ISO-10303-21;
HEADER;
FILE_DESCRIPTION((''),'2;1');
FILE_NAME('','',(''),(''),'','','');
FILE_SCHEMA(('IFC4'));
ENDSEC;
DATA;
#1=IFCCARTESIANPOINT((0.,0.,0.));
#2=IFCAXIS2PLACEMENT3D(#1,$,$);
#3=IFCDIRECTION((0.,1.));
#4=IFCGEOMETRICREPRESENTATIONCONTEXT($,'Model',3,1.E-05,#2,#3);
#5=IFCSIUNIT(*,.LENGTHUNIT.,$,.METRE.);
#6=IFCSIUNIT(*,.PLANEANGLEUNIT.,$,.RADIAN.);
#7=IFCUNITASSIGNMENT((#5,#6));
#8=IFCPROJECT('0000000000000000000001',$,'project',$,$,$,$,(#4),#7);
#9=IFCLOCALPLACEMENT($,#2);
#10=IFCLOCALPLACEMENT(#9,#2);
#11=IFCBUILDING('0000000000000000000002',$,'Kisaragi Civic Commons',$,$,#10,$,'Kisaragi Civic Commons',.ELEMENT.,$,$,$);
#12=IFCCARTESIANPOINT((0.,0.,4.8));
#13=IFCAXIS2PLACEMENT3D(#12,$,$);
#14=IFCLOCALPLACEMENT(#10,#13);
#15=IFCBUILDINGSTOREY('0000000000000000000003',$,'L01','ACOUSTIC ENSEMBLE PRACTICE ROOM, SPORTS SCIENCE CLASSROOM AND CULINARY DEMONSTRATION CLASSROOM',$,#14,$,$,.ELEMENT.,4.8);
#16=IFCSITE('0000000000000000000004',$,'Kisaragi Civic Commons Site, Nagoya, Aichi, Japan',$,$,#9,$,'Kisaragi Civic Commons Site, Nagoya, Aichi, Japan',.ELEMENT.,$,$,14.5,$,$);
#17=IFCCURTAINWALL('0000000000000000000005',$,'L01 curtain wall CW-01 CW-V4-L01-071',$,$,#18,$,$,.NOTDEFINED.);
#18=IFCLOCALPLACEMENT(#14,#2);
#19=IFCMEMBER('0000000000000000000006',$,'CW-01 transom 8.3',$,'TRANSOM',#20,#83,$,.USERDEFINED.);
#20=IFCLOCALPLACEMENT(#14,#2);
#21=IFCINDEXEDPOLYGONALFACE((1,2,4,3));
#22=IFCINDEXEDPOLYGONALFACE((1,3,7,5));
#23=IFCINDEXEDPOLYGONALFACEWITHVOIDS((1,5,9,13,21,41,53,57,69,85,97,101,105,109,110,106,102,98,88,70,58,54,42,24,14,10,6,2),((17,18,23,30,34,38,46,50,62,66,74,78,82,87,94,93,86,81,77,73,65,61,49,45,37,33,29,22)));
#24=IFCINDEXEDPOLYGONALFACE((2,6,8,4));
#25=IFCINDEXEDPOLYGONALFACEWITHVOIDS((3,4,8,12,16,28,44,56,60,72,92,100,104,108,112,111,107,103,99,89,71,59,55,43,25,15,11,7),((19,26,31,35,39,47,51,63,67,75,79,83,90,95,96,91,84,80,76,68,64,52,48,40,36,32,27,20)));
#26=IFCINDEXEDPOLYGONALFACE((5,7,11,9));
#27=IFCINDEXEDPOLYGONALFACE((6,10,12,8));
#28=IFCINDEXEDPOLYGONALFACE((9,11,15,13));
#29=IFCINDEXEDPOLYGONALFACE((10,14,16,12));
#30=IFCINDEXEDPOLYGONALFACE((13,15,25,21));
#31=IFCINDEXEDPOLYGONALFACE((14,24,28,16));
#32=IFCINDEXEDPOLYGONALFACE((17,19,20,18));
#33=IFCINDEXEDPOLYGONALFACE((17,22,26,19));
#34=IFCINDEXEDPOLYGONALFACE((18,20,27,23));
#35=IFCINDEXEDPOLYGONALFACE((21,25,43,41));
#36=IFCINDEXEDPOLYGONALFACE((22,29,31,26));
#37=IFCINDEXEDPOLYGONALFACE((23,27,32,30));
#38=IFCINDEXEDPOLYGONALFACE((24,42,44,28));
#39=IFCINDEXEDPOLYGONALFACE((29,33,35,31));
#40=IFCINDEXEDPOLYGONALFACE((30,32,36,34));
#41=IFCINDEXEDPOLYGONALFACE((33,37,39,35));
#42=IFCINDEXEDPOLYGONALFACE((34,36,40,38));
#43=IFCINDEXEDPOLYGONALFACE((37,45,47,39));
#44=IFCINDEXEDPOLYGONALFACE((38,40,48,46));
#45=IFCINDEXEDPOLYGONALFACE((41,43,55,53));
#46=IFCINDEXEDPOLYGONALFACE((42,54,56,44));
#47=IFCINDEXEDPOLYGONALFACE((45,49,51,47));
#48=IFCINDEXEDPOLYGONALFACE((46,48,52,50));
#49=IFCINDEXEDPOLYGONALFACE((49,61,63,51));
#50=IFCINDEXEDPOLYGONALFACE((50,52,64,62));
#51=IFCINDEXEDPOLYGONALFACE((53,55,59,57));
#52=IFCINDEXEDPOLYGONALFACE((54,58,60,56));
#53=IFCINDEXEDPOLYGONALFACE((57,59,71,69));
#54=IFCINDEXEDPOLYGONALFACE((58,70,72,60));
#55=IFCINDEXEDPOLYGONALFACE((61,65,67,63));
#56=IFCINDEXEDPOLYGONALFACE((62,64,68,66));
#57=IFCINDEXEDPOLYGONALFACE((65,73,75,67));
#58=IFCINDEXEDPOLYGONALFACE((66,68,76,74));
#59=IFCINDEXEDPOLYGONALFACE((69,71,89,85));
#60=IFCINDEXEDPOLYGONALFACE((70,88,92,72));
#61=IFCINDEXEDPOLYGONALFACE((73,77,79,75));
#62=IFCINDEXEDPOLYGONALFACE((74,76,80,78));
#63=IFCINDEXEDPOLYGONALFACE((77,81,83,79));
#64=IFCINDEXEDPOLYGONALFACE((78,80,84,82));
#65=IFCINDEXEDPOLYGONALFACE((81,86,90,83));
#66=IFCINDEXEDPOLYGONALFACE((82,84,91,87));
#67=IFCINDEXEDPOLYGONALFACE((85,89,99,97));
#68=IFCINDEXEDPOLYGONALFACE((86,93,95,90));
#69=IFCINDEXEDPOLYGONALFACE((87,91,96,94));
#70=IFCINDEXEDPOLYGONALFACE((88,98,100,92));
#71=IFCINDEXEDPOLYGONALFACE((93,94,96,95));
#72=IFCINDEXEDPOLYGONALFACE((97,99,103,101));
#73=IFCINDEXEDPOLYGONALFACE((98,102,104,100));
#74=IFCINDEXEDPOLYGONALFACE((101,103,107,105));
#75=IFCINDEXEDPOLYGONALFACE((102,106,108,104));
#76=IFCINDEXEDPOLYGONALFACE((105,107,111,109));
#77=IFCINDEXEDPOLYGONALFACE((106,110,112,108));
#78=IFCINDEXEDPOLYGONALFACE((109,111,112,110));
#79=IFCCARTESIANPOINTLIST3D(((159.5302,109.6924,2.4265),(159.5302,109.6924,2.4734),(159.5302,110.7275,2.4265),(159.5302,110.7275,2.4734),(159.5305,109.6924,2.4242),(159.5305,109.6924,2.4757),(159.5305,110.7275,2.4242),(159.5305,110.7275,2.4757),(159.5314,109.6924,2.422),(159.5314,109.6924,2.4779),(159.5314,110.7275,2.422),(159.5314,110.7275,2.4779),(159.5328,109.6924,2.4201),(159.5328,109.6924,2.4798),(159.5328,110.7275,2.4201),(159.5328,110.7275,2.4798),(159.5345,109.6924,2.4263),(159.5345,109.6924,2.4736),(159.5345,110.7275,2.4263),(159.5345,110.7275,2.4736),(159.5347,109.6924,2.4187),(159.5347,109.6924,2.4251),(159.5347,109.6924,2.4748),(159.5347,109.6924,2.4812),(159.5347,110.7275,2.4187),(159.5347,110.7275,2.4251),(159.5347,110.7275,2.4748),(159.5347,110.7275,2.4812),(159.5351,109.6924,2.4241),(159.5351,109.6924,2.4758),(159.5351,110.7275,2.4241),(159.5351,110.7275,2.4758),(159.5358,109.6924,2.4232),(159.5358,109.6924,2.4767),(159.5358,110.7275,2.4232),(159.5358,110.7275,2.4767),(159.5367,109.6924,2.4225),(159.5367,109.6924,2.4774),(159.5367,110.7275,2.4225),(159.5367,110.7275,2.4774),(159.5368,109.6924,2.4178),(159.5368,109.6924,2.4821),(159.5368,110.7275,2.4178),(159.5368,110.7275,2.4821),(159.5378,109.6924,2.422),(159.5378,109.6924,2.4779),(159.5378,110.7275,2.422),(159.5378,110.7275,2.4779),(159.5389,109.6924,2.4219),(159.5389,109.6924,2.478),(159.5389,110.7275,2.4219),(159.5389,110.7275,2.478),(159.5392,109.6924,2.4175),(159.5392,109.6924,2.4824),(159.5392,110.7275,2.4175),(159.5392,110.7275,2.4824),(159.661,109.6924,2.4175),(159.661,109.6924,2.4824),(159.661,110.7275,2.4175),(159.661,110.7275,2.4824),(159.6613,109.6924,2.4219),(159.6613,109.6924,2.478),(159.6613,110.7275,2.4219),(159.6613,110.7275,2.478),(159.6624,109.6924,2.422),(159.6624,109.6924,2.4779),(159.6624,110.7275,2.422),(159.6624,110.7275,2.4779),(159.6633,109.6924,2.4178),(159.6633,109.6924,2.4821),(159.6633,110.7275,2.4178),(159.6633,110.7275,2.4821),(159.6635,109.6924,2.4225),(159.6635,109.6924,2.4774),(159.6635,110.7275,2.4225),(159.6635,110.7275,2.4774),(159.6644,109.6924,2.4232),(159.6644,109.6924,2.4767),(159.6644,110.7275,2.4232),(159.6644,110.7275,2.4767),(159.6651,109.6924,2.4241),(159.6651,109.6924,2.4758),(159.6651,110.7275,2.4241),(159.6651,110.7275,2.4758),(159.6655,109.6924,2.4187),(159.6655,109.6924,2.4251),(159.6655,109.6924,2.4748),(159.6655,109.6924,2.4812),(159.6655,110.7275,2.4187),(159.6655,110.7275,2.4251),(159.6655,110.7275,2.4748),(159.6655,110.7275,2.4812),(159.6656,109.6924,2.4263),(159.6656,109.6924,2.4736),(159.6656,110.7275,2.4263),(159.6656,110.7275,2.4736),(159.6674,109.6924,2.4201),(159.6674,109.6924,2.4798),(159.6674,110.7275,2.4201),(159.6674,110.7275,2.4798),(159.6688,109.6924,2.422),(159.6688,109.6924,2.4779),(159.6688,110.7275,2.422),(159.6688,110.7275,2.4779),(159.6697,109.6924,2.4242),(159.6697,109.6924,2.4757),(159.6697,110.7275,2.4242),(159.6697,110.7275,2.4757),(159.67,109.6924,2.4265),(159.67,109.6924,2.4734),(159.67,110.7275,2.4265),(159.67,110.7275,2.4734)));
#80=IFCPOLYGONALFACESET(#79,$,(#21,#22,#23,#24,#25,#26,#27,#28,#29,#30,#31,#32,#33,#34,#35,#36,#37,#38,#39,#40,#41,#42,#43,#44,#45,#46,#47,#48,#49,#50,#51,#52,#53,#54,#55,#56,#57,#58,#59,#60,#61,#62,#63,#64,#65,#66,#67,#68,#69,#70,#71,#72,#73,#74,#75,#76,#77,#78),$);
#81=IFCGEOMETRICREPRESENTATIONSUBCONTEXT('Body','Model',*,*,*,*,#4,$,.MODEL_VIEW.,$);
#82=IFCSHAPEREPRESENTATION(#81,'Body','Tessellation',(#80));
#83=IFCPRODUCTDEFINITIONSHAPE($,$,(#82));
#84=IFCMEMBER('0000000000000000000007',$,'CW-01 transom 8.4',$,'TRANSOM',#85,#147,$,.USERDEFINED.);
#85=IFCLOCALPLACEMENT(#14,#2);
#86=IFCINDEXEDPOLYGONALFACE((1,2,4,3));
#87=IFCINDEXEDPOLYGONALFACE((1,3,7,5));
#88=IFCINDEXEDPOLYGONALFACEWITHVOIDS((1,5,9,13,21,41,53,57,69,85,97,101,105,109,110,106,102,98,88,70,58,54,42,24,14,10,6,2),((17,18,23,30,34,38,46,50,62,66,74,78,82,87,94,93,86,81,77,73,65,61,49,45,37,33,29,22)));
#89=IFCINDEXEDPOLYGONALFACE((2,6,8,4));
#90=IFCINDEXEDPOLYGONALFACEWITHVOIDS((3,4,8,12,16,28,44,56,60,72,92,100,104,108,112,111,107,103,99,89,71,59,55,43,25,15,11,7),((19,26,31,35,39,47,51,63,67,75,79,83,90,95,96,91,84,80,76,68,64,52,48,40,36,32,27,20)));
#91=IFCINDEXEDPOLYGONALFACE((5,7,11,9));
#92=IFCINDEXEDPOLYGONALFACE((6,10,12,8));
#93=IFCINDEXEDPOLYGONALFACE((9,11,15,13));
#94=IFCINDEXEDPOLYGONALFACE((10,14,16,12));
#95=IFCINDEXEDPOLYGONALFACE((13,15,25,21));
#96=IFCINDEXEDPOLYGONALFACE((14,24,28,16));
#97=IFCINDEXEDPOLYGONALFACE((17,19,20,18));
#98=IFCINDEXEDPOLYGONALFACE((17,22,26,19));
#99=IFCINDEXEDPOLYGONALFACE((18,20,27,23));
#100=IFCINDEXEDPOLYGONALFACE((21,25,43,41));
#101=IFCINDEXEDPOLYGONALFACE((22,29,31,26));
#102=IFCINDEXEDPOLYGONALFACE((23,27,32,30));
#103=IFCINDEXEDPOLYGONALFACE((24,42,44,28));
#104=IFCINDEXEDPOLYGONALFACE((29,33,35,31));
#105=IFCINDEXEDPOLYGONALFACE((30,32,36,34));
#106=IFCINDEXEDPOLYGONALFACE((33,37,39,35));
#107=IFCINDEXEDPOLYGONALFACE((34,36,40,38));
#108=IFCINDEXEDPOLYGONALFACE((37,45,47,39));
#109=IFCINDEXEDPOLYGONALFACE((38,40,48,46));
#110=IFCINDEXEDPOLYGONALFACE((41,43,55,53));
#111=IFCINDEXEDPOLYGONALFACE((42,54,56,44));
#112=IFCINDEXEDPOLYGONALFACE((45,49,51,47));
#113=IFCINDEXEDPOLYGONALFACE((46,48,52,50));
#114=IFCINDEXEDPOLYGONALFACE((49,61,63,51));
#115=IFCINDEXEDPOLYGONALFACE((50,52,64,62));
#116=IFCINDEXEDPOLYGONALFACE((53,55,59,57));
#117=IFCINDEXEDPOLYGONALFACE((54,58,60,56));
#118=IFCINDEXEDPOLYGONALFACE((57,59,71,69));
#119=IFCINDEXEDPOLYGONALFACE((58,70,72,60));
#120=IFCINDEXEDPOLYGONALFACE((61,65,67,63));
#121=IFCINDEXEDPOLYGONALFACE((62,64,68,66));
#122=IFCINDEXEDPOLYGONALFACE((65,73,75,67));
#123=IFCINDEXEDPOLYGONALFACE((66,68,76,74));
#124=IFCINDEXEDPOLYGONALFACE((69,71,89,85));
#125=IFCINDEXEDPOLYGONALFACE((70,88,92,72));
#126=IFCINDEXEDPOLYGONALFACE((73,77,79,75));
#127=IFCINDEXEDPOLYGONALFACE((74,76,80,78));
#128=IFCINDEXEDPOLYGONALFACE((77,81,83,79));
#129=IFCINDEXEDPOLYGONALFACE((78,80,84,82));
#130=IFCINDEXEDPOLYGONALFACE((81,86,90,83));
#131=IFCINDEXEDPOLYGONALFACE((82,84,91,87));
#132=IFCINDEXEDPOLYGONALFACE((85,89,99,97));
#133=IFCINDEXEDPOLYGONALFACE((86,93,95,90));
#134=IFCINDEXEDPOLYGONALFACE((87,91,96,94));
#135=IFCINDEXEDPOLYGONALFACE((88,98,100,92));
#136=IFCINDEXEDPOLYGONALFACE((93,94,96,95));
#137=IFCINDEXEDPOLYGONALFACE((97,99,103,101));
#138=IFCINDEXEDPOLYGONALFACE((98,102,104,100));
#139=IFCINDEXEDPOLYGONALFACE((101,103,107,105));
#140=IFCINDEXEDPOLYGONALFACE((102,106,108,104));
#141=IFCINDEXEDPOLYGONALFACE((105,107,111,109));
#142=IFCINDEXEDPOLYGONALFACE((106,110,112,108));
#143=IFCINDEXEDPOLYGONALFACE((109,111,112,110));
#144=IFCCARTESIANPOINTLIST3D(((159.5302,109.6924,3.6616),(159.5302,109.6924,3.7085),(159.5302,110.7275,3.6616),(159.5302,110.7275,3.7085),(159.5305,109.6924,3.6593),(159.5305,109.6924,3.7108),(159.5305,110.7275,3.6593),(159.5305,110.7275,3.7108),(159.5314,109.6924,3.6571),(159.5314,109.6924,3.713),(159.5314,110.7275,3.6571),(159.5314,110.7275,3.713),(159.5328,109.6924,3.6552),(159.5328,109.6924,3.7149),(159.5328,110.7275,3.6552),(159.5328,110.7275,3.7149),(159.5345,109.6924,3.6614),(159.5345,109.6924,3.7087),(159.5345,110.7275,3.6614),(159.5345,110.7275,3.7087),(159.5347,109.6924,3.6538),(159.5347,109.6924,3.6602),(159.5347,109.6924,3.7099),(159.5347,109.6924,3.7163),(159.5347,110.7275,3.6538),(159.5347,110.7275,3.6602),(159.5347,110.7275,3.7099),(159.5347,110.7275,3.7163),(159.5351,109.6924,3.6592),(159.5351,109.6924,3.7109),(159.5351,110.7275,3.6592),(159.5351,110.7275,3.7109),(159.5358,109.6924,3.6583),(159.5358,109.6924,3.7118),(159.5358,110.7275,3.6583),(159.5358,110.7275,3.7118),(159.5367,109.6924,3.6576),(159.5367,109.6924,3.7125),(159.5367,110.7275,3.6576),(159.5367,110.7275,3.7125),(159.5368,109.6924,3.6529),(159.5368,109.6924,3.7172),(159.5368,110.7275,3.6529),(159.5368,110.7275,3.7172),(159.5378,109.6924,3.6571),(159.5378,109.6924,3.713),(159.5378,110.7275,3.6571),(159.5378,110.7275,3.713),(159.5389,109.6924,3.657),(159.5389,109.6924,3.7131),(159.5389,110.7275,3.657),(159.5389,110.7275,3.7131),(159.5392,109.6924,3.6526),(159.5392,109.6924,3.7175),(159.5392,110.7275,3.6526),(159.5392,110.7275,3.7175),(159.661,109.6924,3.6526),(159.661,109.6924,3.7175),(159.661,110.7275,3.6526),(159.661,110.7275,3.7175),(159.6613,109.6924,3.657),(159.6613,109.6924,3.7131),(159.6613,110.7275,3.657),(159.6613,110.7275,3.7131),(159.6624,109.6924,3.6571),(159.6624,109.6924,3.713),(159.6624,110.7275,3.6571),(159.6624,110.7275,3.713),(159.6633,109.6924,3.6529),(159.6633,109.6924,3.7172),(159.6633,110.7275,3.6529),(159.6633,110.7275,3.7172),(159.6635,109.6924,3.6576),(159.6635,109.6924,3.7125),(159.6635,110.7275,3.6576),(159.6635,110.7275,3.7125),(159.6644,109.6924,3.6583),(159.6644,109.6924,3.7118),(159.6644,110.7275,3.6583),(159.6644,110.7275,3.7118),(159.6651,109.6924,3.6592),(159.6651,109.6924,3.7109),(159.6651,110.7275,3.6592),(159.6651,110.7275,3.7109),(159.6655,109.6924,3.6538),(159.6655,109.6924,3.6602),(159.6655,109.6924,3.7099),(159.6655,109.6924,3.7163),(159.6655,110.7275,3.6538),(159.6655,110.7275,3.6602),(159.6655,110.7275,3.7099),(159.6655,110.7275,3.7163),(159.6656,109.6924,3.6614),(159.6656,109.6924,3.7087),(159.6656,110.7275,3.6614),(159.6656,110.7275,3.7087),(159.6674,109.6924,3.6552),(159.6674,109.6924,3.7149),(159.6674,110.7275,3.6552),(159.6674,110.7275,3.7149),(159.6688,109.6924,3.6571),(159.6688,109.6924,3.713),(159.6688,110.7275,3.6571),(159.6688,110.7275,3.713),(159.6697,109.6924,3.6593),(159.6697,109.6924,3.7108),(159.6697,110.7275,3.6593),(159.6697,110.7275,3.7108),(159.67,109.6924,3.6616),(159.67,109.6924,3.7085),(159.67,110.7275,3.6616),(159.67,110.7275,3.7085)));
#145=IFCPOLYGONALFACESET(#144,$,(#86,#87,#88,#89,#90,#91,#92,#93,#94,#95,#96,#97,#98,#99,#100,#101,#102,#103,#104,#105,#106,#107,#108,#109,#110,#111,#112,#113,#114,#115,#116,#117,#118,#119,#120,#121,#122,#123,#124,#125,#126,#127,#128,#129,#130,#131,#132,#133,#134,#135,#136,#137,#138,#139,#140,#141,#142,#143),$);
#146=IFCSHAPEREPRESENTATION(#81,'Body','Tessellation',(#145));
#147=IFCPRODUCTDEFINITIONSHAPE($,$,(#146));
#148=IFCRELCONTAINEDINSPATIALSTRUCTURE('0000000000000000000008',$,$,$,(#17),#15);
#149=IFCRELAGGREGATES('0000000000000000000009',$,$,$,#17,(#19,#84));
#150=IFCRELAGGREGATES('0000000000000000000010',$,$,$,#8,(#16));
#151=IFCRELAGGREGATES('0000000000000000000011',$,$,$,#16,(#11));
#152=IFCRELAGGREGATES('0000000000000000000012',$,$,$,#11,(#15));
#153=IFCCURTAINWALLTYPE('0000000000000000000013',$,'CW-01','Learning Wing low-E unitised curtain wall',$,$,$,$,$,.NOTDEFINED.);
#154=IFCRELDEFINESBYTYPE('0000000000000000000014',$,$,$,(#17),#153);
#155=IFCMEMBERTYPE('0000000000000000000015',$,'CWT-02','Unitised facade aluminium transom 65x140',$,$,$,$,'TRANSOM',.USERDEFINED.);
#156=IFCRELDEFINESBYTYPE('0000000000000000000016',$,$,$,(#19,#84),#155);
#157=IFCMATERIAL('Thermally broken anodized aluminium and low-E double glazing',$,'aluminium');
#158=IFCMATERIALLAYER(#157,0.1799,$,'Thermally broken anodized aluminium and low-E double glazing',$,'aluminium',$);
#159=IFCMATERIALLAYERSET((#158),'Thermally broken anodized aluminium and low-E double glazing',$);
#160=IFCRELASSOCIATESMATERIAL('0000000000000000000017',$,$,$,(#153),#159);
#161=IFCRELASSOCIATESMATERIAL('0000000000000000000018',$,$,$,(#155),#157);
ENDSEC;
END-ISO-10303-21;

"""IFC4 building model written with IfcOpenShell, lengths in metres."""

from ifc_helpers import new_model, si_unit, direction, frame, origin, origin_2d, place, context, subcontext, project, spatial, hollow_rectangle, extrude, material, layer, layer_set, material_profile, profile_set, type_object, element, aggregate, save


model = new_model("IFC4")

# Units and contexts
model_context = context("Model", 3, precision=1e-05, world=origin(), true_north=direction((0.0, 1.0)))
body_context = subcontext(model_context, "Body", "Model", "MODEL_VIEW")
ifc_project = project(units=[si_unit("LENGTHUNIT", "METRE"), si_unit("PLANEANGLEUNIT", "RADIAN")], contexts=[model_context])

# Site, building, storey
site_placement = place(None, origin())
site = spatial("IfcSite", under=ifc_project, at=site_placement, Name="Kisaragi Civic Commons Site, Nagoya, Aichi, Japan", LongName="Kisaragi Civic Commons Site, Nagoya, Aichi, Japan", CompositionType="ELEMENT", RefElevation=14.5)
building_placement = place(site_placement, origin())
building = spatial("IfcBuilding", under=site, at=building_placement, Name="Kisaragi Civic Commons", LongName="Kisaragi Civic Commons", CompositionType="ELEMENT")
storey_placement = place(building_placement, frame((0.0, 0.0, 4.8)))
storey = spatial("IfcBuildingStorey", under=building, at=storey_placement, Name="L01", Description="ACOUSTIC ENSEMBLE PRACTICE ROOM, SPORTS SCIENCE CLASSROOM AND CULINARY DEMONSTRATION CLASSROOM", CompositionType="ELEMENT", Elevation=4.8)

# Curtain wall, members
ifc_material_1 = material(Name="Thermally broken anodized aluminium and low-E double glazing", Category="aluminium")
ifc_layer_1 = layer(ifc_material_1, 0.1799, Name="Thermally broken anodized aluminium and low-E double glazing", Category="aluminium")
ifc_layer_set_1 = layer_set([ifc_layer_1], Name="Thermally broken anodized aluminium and low-E double glazing")
curtain_wall_type = type_object("IfcCurtainWallType", Name="CW-01", Description="Learning Wing low-E unitised curtain wall", PredefinedType="NOTDEFINED", material=ifc_layer_set_1)
curtain_wall_placement = place(storey_placement, origin())
curtain_wall = element("IfcCurtainWall", 1, at=curtain_wall_placement, inside=storey, type_object=curtain_wall_type, Name="L01 curtain wall CW-01 CW-V4-L01-071", PredefinedType="NOTDEFINED")
ifc_material_profile_1 = material_profile(ifc_material_1, hollow_rectangle(XDim=0.1399, YDim=0.0649, WallThickness=0.0044, InnerFilletRadius=0.0044, OuterFilletRadius=0.009, at=origin_2d()), Name="CWT-65x140x4.5", Category="aluminium")
ifc_profile_set_1 = profile_set([ifc_material_profile_1], Name="Thermally broken anodized aluminium and low-E double glazing")
member_type_1 = type_object("IfcMemberType", Name="CWT-02", Description="Unitised facade aluminium transom 65x140", ElementType="TRANSOM", PredefinedType="USERDEFINED", material=ifc_profile_set_1)
member_1_placement = place(storey_placement, frame((159.6001, 110.7275, 2.45), z_axis=(0.0, -1.0, 0.0), x_axis=(1.0, 0.0, 0.0)))
member_1 = element("IfcMember", 2, at=member_1_placement, type_object=member_type_1, Name="CW-01 transom 8.3", ObjectType="TRANSOM", PredefinedType="USERDEFINED", context=body_context, shape_type="SweptSolid", body=[
    extrude(hollow_rectangle(XDim=0.1399, YDim=0.0649, WallThickness=0.0044, InnerFilletRadius=0.0044, OuterFilletRadius=0.009, at=origin_2d()), origin(), (0.0, 0.0, 1.0), 1.0352),
])
member_2_placement = place(storey_placement, frame((159.6001, 110.7275, 3.6851), z_axis=(0.0, -1.0, 0.0), x_axis=(1.0, 0.0, 0.0)))
member_2 = element("IfcMember", 3, at=member_2_placement, type_object=member_type_1, Name="CW-01 transom 8.4", ObjectType="TRANSOM", PredefinedType="USERDEFINED", context=body_context, shape_type="SweptSolid", body=[
    extrude(hollow_rectangle(XDim=0.1399, YDim=0.0649, WallThickness=0.0044, InnerFilletRadius=0.0044, OuterFilletRadius=0.009, at=origin_2d()), origin(), (0.0, 0.0, 1.0), 1.0352),
])
aggregate(curtain_wall, [member_1, member_2])

save(model, "model.ifc")
